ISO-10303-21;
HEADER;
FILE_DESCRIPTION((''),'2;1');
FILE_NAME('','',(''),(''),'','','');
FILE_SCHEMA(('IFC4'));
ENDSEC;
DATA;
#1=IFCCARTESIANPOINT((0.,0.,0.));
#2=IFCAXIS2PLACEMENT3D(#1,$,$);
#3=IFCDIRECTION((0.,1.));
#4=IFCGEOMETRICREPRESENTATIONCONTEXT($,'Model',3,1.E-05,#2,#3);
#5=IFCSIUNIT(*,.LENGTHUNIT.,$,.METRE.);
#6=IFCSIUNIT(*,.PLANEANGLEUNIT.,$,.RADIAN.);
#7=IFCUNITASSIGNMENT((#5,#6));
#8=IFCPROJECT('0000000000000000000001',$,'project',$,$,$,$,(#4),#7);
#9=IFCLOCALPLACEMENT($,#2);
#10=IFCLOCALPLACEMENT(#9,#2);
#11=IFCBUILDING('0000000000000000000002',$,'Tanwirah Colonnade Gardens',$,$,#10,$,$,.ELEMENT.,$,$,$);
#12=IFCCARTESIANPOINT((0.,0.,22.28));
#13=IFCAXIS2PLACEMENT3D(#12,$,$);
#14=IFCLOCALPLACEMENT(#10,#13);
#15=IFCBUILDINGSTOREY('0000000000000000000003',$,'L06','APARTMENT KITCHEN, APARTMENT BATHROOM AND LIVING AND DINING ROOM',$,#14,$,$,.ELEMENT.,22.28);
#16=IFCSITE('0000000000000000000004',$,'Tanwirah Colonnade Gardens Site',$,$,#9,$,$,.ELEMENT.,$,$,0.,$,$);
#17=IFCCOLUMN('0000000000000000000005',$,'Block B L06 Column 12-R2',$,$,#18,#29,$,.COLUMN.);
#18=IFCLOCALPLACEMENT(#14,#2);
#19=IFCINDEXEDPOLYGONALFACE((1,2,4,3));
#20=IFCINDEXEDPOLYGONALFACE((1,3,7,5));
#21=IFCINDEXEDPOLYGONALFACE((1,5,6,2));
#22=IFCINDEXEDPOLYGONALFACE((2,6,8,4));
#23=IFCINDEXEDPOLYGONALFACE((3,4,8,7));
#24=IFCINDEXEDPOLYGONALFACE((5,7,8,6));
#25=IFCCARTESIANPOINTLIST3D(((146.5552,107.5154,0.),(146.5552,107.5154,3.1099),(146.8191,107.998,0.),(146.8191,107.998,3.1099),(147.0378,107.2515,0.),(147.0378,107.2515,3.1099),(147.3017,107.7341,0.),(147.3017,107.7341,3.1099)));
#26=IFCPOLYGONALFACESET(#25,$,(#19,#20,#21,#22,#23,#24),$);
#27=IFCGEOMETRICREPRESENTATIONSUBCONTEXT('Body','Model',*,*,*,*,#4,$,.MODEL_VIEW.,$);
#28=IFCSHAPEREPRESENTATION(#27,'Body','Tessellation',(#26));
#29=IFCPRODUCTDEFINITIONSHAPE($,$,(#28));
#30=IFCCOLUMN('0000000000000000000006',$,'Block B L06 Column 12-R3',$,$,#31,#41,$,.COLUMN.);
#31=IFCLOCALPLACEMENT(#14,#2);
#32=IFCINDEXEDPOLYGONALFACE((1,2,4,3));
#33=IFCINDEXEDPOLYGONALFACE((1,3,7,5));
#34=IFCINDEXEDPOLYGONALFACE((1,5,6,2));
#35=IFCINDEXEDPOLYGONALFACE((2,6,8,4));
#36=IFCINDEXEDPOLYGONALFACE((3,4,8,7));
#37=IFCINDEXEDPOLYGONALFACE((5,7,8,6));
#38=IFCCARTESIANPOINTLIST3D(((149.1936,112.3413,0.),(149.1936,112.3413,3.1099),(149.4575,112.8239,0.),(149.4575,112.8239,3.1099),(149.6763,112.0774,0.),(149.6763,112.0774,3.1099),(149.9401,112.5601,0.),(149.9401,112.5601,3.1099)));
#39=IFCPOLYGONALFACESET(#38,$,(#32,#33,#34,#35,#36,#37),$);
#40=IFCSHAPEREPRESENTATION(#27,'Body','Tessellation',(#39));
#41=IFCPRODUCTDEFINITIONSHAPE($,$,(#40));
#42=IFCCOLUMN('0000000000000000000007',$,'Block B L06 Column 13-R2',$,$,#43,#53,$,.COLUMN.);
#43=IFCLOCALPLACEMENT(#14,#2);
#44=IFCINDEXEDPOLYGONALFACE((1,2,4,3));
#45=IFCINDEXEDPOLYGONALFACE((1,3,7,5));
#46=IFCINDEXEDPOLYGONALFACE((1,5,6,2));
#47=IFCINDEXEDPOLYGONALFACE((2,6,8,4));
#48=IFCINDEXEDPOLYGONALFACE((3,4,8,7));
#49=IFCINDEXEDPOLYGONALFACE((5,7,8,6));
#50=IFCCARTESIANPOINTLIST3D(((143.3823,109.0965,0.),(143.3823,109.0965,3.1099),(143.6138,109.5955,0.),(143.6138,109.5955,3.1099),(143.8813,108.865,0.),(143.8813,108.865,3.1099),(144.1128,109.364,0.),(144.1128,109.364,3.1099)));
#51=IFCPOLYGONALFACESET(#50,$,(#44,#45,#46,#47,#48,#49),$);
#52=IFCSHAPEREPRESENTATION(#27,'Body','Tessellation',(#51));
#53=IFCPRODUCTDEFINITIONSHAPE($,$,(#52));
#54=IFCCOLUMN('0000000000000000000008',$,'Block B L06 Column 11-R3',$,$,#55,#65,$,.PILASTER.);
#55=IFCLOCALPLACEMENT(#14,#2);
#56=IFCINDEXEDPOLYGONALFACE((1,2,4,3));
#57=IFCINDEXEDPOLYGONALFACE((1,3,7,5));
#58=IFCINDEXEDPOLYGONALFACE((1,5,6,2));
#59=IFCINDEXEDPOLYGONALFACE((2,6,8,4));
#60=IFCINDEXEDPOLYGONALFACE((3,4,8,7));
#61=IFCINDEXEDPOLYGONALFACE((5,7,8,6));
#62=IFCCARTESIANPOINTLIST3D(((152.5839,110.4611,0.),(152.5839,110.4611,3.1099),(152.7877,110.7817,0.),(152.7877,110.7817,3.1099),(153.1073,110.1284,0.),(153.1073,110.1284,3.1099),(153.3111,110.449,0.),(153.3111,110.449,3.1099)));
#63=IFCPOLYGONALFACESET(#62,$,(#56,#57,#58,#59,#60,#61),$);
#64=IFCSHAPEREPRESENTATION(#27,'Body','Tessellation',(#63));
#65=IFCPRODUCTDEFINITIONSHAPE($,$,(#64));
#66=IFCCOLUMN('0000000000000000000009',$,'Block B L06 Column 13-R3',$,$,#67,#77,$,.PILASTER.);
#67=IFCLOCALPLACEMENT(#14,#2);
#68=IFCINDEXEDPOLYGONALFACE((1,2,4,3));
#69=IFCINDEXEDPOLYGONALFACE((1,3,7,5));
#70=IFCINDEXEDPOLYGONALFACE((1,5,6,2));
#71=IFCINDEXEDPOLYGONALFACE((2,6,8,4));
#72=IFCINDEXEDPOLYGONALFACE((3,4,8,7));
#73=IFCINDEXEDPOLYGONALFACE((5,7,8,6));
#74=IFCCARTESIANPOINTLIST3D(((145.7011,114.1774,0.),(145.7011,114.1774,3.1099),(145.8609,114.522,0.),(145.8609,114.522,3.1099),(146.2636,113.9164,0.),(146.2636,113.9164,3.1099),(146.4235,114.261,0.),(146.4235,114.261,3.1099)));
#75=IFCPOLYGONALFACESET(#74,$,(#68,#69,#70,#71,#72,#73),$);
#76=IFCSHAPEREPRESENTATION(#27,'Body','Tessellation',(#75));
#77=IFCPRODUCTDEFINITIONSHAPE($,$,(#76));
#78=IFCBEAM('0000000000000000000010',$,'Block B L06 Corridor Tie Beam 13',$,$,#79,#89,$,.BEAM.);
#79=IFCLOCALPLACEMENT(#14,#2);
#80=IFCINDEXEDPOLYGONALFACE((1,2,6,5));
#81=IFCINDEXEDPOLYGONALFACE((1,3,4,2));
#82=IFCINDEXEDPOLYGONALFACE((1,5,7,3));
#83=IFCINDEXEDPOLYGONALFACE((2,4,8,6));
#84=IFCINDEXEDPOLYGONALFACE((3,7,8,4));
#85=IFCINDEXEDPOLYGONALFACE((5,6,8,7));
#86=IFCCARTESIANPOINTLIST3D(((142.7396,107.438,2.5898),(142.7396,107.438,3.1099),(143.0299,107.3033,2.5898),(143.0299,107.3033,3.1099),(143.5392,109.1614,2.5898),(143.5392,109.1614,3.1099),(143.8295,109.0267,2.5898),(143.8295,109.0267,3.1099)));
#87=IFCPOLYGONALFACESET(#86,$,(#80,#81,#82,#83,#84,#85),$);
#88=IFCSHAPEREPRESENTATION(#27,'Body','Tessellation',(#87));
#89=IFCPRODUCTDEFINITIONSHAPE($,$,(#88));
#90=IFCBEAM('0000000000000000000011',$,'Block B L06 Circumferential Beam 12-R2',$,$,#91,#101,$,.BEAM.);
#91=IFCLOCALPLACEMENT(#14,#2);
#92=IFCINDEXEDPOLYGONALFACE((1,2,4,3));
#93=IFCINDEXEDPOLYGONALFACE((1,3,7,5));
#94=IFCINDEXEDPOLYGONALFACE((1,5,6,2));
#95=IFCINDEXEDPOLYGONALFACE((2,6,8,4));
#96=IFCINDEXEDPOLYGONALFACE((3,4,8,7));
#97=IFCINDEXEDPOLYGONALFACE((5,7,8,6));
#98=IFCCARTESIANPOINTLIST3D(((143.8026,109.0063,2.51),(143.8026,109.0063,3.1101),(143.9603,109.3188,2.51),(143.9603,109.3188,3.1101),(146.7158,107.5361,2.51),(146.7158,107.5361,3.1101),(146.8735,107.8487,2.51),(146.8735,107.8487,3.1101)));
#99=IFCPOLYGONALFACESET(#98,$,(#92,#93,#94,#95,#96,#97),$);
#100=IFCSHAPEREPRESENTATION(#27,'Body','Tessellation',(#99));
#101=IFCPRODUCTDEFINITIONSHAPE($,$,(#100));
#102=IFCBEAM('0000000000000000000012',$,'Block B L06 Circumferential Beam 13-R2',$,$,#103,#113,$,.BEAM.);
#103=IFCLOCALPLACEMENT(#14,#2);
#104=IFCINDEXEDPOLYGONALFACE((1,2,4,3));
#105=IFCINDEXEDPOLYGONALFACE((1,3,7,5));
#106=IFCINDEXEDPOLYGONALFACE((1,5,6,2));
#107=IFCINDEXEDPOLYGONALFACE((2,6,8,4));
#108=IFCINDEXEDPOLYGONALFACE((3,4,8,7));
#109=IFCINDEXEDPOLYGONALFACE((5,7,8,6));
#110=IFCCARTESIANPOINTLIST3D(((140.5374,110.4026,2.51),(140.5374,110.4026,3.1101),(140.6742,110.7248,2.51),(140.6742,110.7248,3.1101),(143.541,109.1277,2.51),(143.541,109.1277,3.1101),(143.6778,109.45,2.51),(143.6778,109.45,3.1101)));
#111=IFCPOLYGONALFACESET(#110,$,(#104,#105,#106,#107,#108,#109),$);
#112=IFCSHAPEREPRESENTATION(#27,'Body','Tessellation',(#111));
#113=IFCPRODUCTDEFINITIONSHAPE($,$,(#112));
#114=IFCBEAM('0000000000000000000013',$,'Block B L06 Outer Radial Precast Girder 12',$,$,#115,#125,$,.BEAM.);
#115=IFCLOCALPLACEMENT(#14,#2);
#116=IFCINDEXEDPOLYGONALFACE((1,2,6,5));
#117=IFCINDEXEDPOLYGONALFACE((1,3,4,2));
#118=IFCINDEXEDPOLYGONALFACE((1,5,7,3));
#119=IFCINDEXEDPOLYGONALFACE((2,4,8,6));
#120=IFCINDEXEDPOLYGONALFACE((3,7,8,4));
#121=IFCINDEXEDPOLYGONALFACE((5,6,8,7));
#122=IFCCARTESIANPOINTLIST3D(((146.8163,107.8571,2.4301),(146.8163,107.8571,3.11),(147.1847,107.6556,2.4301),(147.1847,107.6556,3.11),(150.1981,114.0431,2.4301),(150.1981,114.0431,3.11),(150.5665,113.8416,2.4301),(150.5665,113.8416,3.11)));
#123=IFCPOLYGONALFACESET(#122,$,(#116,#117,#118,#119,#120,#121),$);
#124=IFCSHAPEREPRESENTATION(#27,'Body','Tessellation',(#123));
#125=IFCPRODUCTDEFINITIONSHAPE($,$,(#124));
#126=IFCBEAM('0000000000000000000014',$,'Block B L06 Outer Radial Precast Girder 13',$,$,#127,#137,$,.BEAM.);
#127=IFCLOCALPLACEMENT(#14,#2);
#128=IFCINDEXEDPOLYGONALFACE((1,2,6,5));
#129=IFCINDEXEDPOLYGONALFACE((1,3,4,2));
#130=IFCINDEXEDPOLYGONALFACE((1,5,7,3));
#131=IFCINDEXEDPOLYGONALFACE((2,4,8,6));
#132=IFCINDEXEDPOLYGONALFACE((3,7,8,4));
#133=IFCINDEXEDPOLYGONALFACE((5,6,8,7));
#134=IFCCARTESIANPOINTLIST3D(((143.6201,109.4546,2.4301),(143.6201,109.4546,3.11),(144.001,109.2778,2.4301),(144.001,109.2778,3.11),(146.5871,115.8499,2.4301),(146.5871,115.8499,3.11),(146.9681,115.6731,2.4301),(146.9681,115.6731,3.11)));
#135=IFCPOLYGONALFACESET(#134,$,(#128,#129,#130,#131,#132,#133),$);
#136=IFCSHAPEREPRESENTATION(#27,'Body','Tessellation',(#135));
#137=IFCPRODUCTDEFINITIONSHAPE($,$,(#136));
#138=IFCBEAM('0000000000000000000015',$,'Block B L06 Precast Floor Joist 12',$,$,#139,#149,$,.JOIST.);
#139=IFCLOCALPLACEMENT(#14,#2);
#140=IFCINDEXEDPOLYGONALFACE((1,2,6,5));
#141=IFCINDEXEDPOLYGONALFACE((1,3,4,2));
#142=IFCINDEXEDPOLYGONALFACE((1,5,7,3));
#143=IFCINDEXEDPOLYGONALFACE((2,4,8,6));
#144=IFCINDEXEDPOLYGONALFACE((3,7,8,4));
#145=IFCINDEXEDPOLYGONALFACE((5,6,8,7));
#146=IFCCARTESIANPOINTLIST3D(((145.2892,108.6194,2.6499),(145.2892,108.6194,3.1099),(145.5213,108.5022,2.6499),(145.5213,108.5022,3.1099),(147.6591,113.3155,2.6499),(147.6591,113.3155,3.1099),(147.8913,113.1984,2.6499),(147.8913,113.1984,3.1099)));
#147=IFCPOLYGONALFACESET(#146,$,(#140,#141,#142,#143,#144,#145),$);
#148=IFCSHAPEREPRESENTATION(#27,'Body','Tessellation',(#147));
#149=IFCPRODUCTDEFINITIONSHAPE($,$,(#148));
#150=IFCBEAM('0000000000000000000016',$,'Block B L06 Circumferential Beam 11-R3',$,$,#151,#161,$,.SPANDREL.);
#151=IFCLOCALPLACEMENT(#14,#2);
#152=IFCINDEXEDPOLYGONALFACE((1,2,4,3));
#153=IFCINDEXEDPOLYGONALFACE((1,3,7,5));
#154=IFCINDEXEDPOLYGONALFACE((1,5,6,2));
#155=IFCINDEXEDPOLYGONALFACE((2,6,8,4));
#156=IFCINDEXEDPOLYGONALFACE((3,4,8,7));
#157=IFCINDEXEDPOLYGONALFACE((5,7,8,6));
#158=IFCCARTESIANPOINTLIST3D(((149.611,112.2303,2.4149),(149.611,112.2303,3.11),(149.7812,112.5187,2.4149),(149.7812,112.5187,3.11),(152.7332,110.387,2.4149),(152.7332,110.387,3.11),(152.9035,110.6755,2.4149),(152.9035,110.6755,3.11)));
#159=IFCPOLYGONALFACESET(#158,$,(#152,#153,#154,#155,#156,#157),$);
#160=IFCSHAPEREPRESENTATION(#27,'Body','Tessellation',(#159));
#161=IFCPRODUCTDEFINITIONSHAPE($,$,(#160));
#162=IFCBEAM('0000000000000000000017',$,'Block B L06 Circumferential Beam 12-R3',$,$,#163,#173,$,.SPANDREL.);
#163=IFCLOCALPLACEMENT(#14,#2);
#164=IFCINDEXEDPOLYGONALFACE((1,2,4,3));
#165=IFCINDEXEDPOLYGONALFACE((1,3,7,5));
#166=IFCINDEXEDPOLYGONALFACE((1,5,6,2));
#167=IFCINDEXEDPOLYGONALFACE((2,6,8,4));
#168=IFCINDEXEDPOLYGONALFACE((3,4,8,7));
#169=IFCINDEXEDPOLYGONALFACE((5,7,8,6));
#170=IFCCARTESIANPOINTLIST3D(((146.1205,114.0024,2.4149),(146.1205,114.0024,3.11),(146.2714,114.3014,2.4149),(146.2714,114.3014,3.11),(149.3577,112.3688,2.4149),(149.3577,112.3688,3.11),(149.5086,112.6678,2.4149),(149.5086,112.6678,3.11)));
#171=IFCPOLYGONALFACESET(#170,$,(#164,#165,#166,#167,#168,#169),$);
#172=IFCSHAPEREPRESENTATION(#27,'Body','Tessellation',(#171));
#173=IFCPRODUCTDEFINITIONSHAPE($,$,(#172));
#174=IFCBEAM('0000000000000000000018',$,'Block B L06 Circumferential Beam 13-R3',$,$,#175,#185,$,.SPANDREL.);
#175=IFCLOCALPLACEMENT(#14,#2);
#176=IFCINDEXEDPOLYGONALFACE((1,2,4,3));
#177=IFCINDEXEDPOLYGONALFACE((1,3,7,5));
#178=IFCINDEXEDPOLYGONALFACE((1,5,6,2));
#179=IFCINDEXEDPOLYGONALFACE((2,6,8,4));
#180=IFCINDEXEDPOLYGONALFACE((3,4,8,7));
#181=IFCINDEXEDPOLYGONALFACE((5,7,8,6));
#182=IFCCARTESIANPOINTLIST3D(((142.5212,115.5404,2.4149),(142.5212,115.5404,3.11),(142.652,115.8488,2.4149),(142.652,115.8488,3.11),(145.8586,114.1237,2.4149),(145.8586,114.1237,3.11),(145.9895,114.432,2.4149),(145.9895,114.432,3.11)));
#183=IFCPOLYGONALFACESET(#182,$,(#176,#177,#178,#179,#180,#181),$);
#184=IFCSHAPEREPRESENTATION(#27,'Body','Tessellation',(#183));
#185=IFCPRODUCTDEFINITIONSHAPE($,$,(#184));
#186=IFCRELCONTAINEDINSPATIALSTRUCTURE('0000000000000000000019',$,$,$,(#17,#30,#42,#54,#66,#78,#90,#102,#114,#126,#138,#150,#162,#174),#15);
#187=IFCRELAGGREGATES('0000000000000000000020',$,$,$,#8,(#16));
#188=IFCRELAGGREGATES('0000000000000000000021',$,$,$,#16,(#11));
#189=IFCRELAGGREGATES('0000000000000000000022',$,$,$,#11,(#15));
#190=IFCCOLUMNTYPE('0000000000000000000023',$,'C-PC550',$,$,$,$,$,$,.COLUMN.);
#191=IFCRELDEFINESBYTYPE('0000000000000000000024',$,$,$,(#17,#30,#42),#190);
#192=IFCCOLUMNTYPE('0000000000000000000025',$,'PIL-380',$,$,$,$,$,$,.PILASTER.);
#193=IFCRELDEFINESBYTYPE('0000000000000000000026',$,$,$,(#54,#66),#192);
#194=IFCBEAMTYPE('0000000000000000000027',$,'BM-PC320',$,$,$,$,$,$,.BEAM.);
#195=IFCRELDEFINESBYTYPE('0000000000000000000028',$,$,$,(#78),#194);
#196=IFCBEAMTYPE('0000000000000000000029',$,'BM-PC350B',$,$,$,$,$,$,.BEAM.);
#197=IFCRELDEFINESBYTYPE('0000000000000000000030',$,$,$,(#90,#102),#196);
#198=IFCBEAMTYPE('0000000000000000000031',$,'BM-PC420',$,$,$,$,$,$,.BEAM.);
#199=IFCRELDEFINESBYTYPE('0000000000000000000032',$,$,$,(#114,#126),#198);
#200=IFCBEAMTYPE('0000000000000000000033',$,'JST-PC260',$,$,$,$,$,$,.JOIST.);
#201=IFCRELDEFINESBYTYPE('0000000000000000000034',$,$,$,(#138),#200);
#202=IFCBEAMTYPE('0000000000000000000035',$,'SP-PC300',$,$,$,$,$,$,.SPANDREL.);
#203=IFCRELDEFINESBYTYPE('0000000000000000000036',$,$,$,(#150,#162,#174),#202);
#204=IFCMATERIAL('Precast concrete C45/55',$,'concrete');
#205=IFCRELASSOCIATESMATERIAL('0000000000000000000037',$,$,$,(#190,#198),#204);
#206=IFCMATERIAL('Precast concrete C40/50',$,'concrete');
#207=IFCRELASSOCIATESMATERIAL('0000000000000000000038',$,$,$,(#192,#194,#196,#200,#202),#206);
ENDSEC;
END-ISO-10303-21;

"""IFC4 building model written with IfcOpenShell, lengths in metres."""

from ifc_helpers import new_model, si_unit, direction, frame, origin, origin_2d, place, context, subcontext, project, spatial, rectangle, extrude, material, material_profile, profile_set, type_object, element, save


model = new_model("IFC4")

# Units and contexts
model_context = context("Model", 3, precision=1e-05, world=origin(), true_north=direction((0.0, 1.0)))
body_context = subcontext(model_context, "Body", "Model", "MODEL_VIEW")
ifc_project = project(units=[si_unit("LENGTHUNIT", "METRE"), si_unit("PLANEANGLEUNIT", "RADIAN")], contexts=[model_context])

# Site, building, storey
site_placement = place(None, origin())
site = spatial("IfcSite", under=ifc_project, at=site_placement, Name="Tanwirah Colonnade Gardens Site", CompositionType="ELEMENT", RefElevation=0.0)
building_placement = place(site_placement, origin())
building = spatial("IfcBuilding", under=site, at=building_placement, Name="Tanwirah Colonnade Gardens", CompositionType="ELEMENT")
storey_placement = place(building_placement, frame((0.0, 0.0, 22.28)))
storey = spatial("IfcBuildingStorey", under=building, at=storey_placement, Name="L06", Description="APARTMENT KITCHEN, APARTMENT BATHROOM AND LIVING AND DINING ROOM", CompositionType="ELEMENT", Elevation=22.28)

# Columns
ifc_material_1 = material(Name="Precast concrete C45/55", Category="concrete")
ifc_material_profile_1 = material_profile(ifc_material_1, rectangle(XDim=0.55, YDim=0.55, at=origin_2d()), Name="PC-COL 550x550")
ifc_profile_set_1 = profile_set([ifc_material_profile_1], Name="Precast concrete C45/55")
column_type_1 = type_object("IfcColumnType", Name="C-PC550", PredefinedType="COLUMN", material=ifc_profile_set_1)
for number, where, z_axis, x_axis, name in (
    (1, (146.9285, 107.6248, 0.0), (0.0, 0.0, 1.0), (0.479713, 0.877425, 0.0), "Block B L06 Column 12-R2"),
    (2, (149.5669, 112.4507, 0.0), (0.0, 0.0, 1.0), (0.479713, 0.877425, 0.0), "Block B L06 Column 12-R3"),
    (3, (143.7476, 109.2302, 0.0), (0.0, 0.0, 1.0), (0.42086, 0.907126, 0.0), "Block B L06 Column 13-R2"),
):
    element("IfcColumn", number, at=place(storey_placement, frame(where, z_axis=z_axis, x_axis=x_axis)), inside=storey, type_object=column_type_1, Name=name, PredefinedType="COLUMN", context=body_context, shape_type="SweptSolid", body=[
        extrude(rectangle(XDim=0.55, YDim=0.55, at=origin_2d()), origin(), (0.0, 0.0, 1.0), 3.1099),
    ])
ifc_material_2 = material(Name="Precast concrete C40/50", Category="concrete")
ifc_material_profile_2 = material_profile(ifc_material_2, rectangle(XDim=0.3799, YDim=0.6201, at=origin_2d()), Name="PC-PIL 380x620")
ifc_profile_set_2 = profile_set([ifc_material_profile_2], Name="Precast concrete C40/50")
column_type_2 = type_object("IfcColumnType", Name="PIL-380", PredefinedType="PILASTER", material=ifc_profile_set_2)
for number, where, z_axis, x_axis, name in (
    (4, (152.9475, 110.4551, 0.0), (0.0, 0.0, 1.0), (0.536482, 0.843912, 0.0), "Block B L06 Column 11-R3"),
    (5, (146.0623, 114.2192, 0.0), (0.0, 0.0, 1.0), (0.42086, 0.907126, 0.0), "Block B L06 Column 13-R3"),
):
    element("IfcColumn", number, at=place(storey_placement, frame(where, z_axis=z_axis, x_axis=x_axis)), inside=storey, type_object=column_type_2, Name=name, PredefinedType="PILASTER", context=body_context, shape_type="SweptSolid", body=[
        extrude(rectangle(XDim=0.3799, YDim=0.6201, at=origin_2d()), origin(), (0.0, 0.0, 1.0), 3.1099),
    ])

# Beams
ifc_material_profile_3 = material_profile(ifc_material_2, rectangle(XDim=0.3201, YDim=0.52, at=origin_2d()), Name="PC-BM 320x520")
ifc_profile_set_3 = profile_set([ifc_material_profile_3], Name="Precast concrete C40/50")
beam_type_1 = type_object("IfcBeamType", Name="BM-PC320", PredefinedType="BEAM", material=ifc_profile_set_3)
beam_1_placement = place(storey_placement, frame((142.8848, 107.3706, 2.8499), z_axis=(0.420858, 0.907126, 0.0), x_axis=(-0.907126, 0.420858, 0.0)))
element("IfcBeam", 6, at=beam_1_placement, inside=storey, type_object=beam_type_1, Name="Block B L06 Corridor Tie Beam 13", PredefinedType="BEAM", context=body_context, shape_type="SweptSolid", body=[
    extrude(rectangle(XDim=0.3201, YDim=0.52, at=origin_2d()), origin(), (0.0, 0.0, 1.0), 1.8999),
])
ifc_material_profile_4 = material_profile(ifc_material_2, rectangle(XDim=0.3501, YDim=0.6001, at=origin_2d()), Name="PC-BM 350x600")
ifc_profile_set_4 = profile_set([ifc_material_profile_4], Name="Precast concrete C40/50")
beam_type_2 = type_object("IfcBeamType", Name="BM-PC350B", PredefinedType="BEAM", material=ifc_profile_set_4)
beam_2_placement = place(storey_placement, frame((146.7947, 107.6924, 2.8101), z_axis=(-0.89276, 0.450532, 0.0), x_axis=(-0.450532, -0.89276, 0.0)))
element("IfcBeam", 7, at=beam_2_placement, inside=storey, type_object=beam_type_2, Name="Block B L06 Circumferential Beam 12-R2", PredefinedType="BEAM", context=body_context, shape_type="SweptSolid", body=[
    extrude(rectangle(XDim=0.3501, YDim=0.6001, at=origin_2d()), origin(), (0.0, 0.0, 1.0), 3.2632),
])
beam_3_placement = place(storey_placement, frame((143.6094, 109.2888, 2.8101), z_axis=(-0.920513, 0.390711, 0.0), x_axis=(-0.390711, -0.920513, 0.0)))
element("IfcBeam", 8, at=beam_3_placement, inside=storey, type_object=beam_type_2, Name="Block B L06 Circumferential Beam 13-R2", PredefinedType="BEAM", context=body_context, shape_type="SweptSolid", body=[
    extrude(rectangle(XDim=0.3501, YDim=0.6001, at=origin_2d()), origin(), (0.0, 0.0, 1.0), 3.2629),
])
ifc_material_profile_5 = material_profile(ifc_material_1, rectangle(XDim=0.4199, YDim=0.6799, at=origin_2d()), Name="PC-BM 420x680")
ifc_profile_set_5 = profile_set([ifc_material_profile_5], Name="Precast concrete C45/55")
beam_type_3 = type_object("IfcBeamType", Name="BM-PC420", PredefinedType="BEAM", material=ifc_profile_set_5)
for number, where, z_axis, x_axis, name in (
    (9, (147.0005, 107.7563, 2.77), (0.479687, 0.87744, 0.0), (-0.87744, 0.479687, 0.0), "Block B L06 Outer Radial Precast Girder 12"),
    (10, (143.8105, 109.3662, 2.77), (0.420856, 0.907128, 0.0), (-0.907128, 0.420856, 0.0), "Block B L06 Outer Radial Precast Girder 13"),
):
    element("IfcBeam", number, at=place(storey_placement, frame(where, z_axis=z_axis, x_axis=x_axis)), inside=storey, type_object=beam_type_3, Name=name, PredefinedType="BEAM", context=body_context, shape_type="SweptSolid", body=[
        extrude(rectangle(XDim=0.4199, YDim=0.6799, at=origin_2d()), origin(), (0.0, 0.0, 1.0), 7.05),
    ])
ifc_material_profile_6 = material_profile(ifc_material_2, rectangle(XDim=0.26, YDim=0.46, at=origin_2d()), Name="PC-JST 260x460")
ifc_profile_set_6 = profile_set([ifc_material_profile_6], Name="Precast concrete C40/50")
beam_type_4 = type_object("IfcBeamType", Name="JST-PC260", PredefinedType="JOIST", material=ifc_profile_set_6)
beam_4_placement = place(storey_placement, frame((145.4053, 108.5608, 2.8799), z_axis=(0.450534, 0.892759, 0.0), x_axis=(-0.892759, 0.450534, 0.0)))
element("IfcBeam", 11, at=beam_4_placement, inside=storey, type_object=beam_type_4, Name="Block B L06 Precast Floor Joist 12", PredefinedType="JOIST", context=body_context, shape_type="SweptSolid", body=[
    extrude(rectangle(XDim=0.26, YDim=0.46, at=origin_2d()), origin(), (0.0, 0.0, 1.0), 5.2603),
])
ifc_material_profile_7 = material_profile(ifc_material_2, rectangle(XDim=0.335, YDim=0.6951, at=origin_2d()), Name="PC-SP 335x695")
ifc_profile_set_7 = profile_set([ifc_material_profile_7], Name="Precast concrete C40/50")
beam_type_5 = type_object("IfcBeamType", Name="SP-PC300", PredefinedType="SPANDREL", material=ifc_profile_set_7)
beam_5_placement = place(storey_placement, frame((152.8184, 110.5312, 2.7625), z_axis=(-0.861137, 0.508373, 0.0), x_axis=(-0.508373, -0.861137, 0.0)))
element("IfcBeam", 12, at=beam_5_placement, inside=storey, type_object=beam_type_5, Name="Block B L06 Circumferential Beam 11-R3", PredefinedType="SPANDREL", context=body_context, shape_type="SweptSolid", body=[
    extrude(rectangle(XDim=0.335, YDim=0.6951, at=origin_2d()), origin(), (0.0, 0.0, 1.0), 3.6257),
])
beam_6_placement = place(storey_placement, frame((149.4331, 112.5183, 2.7625), z_axis=(-0.892765, 0.450523, 0.0), x_axis=(-0.450523, -0.892765, 0.0)))
element("IfcBeam", 13, at=beam_6_placement, inside=storey, type_object=beam_type_5, Name="Block B L06 Circumferential Beam 12-R3", PredefinedType="SPANDREL", context=body_context, shape_type="SweptSolid", body=[
    extrude(rectangle(XDim=0.335, YDim=0.6951, at=origin_2d()), origin(), (0.0, 0.0, 1.0), 3.626),
])
beam_7_placement = place(storey_placement, frame((145.9241, 114.2778, 2.7625), z_axis=(-0.920494, 0.390756, 0.0), x_axis=(-0.390756, -0.920494, 0.0)))
element("IfcBeam", 14, at=beam_7_placement, inside=storey, type_object=beam_type_5, Name="Block B L06 Circumferential Beam 13-R3", PredefinedType="SPANDREL", context=body_context, shape_type="SweptSolid", body=[
    extrude(rectangle(XDim=0.335, YDim=0.6951, at=origin_2d()), origin(), (0.0, 0.0, 1.0), 3.6257),
])

save(model, "model.ifc")
